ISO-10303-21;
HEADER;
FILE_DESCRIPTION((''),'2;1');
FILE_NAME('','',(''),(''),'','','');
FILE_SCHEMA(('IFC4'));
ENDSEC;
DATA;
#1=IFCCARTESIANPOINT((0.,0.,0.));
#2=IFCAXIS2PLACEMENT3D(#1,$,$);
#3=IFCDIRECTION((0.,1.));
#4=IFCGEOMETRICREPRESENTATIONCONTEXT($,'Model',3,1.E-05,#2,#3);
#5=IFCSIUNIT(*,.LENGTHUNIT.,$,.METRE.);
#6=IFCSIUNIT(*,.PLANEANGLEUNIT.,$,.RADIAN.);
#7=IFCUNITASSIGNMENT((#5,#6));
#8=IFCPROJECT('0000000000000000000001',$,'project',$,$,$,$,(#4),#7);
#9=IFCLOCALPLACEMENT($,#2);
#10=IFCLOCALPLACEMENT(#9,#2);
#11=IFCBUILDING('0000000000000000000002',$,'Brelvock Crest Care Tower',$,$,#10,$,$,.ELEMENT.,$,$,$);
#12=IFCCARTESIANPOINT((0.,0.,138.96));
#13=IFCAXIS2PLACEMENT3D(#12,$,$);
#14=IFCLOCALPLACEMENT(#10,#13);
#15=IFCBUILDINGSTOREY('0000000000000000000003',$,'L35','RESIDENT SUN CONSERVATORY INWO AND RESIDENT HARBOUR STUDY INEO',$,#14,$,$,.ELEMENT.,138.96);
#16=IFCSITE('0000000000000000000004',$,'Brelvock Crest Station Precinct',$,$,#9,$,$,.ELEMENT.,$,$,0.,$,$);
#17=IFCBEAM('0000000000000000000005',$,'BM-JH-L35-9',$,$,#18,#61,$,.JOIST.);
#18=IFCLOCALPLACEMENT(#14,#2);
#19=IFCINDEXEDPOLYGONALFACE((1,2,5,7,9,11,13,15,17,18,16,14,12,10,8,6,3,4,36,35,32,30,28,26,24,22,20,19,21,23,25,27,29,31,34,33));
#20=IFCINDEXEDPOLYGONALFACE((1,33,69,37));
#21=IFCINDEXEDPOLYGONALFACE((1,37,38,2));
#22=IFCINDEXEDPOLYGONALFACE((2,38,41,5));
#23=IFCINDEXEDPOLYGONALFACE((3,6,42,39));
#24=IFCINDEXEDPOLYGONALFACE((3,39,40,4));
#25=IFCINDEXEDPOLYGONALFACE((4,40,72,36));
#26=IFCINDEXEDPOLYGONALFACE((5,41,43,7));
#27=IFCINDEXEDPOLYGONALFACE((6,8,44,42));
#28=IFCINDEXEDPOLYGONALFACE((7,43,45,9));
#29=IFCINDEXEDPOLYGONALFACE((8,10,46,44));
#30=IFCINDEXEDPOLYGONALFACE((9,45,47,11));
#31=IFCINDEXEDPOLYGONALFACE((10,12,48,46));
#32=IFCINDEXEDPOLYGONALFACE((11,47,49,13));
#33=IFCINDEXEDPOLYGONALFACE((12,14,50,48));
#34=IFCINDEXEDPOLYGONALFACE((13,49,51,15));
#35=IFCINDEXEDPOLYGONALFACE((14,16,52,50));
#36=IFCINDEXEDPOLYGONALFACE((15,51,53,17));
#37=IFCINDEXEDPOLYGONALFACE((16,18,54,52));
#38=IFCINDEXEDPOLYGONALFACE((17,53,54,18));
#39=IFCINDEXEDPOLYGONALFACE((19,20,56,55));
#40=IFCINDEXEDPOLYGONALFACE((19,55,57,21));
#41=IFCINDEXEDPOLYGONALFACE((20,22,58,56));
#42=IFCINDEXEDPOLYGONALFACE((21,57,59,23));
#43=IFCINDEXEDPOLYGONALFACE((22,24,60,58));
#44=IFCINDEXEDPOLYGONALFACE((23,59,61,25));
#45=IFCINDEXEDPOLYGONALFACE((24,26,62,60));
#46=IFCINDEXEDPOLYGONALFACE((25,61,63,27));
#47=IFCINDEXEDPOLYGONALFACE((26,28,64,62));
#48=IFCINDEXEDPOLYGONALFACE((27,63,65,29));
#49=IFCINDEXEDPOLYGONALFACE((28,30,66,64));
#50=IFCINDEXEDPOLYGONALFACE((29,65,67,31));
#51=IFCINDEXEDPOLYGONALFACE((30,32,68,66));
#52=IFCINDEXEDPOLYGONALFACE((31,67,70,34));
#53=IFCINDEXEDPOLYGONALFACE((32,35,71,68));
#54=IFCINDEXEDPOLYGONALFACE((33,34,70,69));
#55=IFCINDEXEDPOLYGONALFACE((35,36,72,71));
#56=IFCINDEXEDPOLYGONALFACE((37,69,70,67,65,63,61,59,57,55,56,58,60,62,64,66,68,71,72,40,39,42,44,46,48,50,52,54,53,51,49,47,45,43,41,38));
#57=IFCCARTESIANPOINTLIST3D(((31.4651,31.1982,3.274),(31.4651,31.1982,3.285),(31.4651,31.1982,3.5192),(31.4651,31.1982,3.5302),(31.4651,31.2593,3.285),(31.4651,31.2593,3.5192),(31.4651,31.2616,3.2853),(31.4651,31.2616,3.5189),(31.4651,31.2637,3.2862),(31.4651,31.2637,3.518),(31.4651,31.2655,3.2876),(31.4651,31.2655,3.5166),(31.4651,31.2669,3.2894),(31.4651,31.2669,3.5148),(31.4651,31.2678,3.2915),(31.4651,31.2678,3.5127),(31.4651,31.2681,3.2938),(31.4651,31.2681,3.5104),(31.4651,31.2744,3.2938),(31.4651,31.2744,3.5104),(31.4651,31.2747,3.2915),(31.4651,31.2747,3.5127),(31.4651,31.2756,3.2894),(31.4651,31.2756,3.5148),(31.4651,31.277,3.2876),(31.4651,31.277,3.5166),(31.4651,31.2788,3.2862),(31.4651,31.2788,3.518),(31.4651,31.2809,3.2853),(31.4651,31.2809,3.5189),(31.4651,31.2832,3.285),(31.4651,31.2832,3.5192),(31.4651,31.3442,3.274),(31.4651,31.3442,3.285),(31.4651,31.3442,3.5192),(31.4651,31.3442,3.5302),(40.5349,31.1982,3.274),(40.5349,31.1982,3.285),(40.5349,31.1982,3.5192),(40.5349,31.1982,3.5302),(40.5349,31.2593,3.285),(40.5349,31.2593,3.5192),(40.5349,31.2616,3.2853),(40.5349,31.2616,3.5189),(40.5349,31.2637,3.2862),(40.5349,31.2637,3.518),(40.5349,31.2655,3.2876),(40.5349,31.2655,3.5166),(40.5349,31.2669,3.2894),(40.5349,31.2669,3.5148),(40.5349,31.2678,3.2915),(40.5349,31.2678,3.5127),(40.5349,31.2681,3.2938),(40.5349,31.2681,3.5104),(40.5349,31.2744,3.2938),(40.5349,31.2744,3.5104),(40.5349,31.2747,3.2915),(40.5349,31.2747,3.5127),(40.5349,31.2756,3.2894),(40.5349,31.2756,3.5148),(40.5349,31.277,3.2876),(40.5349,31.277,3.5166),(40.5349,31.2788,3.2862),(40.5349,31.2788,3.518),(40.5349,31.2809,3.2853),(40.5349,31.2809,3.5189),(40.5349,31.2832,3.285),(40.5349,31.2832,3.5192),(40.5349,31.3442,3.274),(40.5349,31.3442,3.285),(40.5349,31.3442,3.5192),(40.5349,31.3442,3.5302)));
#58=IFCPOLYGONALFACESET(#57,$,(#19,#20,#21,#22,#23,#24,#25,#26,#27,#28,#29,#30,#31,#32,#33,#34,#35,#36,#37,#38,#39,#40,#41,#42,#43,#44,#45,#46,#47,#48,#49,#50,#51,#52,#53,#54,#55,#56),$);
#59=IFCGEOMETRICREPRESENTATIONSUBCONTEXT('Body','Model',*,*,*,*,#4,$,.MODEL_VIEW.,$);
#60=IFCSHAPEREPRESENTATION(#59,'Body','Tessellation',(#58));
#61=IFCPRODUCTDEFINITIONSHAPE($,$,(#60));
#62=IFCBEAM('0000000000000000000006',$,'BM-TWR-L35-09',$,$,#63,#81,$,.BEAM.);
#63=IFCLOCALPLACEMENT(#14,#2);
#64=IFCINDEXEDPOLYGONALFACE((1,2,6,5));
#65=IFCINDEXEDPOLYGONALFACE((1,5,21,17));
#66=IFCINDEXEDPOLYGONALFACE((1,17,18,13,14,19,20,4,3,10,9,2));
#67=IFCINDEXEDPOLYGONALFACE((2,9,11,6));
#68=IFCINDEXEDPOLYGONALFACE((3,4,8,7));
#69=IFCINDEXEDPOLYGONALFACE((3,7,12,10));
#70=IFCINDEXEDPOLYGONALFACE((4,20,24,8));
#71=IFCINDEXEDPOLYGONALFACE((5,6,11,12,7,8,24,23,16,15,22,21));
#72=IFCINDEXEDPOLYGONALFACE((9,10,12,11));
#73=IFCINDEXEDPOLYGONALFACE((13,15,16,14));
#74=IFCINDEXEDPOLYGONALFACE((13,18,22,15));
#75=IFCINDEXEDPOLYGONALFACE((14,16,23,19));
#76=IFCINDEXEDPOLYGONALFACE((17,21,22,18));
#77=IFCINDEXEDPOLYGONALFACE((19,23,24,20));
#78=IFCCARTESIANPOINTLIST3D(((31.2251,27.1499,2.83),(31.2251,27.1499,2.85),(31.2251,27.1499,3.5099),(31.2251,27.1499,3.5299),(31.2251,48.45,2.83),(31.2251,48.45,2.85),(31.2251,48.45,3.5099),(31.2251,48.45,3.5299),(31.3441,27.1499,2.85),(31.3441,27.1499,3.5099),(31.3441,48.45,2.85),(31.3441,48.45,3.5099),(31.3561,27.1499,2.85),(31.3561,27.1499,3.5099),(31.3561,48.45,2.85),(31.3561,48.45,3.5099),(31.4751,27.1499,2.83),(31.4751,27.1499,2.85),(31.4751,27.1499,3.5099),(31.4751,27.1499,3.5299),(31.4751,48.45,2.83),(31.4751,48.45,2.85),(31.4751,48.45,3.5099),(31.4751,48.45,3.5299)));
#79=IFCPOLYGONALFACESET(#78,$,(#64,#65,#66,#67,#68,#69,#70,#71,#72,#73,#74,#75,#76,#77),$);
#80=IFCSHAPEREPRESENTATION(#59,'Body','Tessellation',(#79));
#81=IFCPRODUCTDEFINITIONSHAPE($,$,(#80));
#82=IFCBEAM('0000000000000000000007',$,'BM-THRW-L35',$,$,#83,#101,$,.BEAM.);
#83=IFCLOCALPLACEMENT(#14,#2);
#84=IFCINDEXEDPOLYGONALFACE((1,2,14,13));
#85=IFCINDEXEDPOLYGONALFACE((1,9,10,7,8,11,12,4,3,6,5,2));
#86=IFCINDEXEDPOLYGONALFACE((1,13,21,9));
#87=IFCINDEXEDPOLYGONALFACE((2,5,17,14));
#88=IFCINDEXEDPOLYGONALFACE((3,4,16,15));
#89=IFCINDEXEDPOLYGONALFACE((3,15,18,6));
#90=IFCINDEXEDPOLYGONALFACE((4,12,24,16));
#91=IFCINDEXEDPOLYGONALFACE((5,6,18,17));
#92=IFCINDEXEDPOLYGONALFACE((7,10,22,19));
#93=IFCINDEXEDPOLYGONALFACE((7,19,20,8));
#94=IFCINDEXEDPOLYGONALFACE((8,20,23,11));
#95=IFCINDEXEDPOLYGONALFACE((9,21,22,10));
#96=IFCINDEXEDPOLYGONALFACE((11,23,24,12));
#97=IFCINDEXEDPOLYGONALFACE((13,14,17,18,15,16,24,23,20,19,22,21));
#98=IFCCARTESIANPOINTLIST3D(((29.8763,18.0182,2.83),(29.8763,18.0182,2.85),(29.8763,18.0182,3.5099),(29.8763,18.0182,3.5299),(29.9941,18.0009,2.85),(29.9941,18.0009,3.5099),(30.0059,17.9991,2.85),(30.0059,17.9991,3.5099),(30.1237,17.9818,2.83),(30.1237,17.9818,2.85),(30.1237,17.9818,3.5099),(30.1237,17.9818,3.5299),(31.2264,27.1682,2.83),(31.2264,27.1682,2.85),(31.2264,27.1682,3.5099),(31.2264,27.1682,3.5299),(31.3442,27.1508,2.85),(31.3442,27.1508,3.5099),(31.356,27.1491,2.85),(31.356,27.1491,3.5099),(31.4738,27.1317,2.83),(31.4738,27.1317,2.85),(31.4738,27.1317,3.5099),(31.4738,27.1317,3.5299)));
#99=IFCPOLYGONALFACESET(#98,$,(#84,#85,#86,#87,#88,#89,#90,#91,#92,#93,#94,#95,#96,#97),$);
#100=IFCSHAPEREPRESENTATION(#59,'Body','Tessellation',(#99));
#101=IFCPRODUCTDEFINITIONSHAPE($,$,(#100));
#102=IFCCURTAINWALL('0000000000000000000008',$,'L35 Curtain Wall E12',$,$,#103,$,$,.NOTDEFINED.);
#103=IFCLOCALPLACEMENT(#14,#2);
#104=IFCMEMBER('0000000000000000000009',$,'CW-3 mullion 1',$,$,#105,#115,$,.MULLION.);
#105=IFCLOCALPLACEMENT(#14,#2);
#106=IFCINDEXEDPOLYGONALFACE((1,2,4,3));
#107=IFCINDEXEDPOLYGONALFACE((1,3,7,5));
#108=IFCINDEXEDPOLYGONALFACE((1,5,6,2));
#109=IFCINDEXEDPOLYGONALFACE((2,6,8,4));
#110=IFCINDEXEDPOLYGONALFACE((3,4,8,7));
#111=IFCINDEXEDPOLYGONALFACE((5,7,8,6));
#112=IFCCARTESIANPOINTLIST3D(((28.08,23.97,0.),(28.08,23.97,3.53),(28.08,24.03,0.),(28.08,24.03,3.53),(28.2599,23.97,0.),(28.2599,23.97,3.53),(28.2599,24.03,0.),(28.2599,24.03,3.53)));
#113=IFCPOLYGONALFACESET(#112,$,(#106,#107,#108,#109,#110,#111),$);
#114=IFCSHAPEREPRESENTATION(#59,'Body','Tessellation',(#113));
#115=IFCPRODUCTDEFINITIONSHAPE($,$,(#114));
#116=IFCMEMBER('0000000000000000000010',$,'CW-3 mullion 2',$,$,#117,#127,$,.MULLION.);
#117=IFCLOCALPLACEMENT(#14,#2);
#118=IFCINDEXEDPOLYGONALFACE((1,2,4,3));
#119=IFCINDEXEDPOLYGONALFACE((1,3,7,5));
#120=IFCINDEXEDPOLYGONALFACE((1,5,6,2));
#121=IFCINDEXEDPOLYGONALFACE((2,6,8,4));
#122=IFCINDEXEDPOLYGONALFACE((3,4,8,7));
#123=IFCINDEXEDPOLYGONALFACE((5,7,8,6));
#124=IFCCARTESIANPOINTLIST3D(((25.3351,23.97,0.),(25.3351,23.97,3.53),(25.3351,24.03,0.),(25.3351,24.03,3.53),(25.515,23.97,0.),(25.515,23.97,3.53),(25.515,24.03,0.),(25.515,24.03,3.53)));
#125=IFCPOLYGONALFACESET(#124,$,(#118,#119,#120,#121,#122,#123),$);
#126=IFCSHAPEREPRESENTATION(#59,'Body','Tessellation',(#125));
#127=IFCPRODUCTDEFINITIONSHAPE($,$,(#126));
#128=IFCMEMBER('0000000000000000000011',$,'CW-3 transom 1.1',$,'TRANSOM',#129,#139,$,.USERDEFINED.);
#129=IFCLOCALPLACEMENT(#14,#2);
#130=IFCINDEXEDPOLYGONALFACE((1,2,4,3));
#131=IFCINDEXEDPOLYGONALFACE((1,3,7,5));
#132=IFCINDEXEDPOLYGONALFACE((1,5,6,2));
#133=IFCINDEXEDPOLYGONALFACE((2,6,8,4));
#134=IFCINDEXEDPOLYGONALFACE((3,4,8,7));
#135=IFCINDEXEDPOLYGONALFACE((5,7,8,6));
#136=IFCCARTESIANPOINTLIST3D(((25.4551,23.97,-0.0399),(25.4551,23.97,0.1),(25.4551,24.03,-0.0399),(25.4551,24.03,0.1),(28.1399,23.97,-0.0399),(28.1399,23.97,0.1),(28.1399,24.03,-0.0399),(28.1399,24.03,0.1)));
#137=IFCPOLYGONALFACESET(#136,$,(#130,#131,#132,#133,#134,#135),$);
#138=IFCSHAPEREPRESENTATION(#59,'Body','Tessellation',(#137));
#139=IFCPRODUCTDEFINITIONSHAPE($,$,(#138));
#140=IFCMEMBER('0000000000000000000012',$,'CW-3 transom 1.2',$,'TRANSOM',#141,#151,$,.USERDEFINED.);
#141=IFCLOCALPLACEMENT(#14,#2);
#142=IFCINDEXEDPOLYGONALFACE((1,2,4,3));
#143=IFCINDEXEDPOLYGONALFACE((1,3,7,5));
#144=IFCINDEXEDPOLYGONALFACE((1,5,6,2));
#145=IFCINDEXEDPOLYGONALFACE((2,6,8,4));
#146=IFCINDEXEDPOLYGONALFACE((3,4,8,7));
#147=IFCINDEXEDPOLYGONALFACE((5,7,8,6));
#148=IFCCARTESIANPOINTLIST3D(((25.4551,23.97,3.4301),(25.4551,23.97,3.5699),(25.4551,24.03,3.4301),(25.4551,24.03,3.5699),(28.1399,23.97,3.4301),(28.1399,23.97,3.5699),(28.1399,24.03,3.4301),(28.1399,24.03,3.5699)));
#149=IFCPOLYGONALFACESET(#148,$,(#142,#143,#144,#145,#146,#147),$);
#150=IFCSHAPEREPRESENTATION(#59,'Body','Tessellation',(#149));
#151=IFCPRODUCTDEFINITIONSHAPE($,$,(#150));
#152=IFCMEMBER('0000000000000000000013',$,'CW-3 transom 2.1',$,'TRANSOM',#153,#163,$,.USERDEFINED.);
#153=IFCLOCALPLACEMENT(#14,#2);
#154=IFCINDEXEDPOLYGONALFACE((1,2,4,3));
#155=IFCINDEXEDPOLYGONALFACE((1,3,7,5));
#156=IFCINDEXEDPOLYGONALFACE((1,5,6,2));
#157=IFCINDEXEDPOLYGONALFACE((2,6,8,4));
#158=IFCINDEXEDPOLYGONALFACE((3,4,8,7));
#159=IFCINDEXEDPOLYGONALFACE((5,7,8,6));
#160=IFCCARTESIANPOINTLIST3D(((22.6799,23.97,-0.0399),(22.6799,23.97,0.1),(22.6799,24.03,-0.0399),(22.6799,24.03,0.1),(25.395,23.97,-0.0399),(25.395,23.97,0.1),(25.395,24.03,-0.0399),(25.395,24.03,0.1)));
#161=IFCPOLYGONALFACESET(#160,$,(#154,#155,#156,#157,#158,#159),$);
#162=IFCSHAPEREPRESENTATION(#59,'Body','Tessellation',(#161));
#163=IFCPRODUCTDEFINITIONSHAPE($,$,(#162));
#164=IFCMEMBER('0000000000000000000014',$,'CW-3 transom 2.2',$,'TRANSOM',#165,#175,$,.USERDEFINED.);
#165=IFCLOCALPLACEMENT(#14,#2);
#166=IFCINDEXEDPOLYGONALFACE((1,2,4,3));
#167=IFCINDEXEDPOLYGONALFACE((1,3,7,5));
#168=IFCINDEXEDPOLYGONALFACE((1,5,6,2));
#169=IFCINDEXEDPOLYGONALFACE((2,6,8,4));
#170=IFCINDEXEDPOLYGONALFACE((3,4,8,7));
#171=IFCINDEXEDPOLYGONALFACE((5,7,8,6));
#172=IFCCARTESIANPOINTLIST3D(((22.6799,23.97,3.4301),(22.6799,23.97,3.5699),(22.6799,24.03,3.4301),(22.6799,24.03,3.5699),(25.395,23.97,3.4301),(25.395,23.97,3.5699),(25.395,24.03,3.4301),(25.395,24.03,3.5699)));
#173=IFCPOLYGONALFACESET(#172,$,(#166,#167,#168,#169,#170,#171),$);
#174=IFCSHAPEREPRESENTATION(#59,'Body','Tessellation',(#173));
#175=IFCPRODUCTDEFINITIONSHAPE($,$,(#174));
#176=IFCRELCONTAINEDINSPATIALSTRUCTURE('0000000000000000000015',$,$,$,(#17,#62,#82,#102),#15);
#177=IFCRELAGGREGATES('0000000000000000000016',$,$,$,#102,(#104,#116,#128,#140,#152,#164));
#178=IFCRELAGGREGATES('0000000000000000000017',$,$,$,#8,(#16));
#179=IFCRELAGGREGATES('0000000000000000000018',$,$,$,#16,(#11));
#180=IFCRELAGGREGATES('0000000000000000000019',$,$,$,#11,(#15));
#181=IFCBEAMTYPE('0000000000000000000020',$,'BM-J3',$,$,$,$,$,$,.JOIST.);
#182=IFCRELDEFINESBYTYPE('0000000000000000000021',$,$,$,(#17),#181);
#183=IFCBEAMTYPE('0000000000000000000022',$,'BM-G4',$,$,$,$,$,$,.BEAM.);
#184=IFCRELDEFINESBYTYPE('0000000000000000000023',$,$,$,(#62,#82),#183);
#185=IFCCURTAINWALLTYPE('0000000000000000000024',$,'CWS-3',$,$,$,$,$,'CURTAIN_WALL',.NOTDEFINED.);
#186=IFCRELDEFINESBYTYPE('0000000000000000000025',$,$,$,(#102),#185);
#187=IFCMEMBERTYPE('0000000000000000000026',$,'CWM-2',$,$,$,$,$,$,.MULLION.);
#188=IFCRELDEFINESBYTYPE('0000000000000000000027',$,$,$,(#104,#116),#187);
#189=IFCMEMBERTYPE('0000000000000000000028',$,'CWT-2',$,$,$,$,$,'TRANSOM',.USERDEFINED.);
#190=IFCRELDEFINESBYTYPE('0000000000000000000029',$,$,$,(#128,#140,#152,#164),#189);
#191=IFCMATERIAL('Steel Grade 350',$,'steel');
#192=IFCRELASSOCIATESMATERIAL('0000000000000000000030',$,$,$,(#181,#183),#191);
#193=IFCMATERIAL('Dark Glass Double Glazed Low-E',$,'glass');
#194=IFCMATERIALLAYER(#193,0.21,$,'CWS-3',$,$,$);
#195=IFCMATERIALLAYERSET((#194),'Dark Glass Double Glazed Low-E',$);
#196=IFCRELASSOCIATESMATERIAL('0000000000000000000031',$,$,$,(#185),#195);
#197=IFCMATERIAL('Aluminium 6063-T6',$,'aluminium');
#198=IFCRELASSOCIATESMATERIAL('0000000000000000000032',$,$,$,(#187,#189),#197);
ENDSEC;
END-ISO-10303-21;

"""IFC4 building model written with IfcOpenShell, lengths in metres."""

from ifc_helpers import new_model, si_unit, direction, frame, origin, origin_2d, place, context, subcontext, project, spatial, rectangle, i_section, extrude, source, transform, mapped, material, layer, layer_set, material_profile, profile_set, type_object, element, aggregate, save


model = new_model("IFC4")

# Units and contexts
model_context = context("Model", 3, precision=1e-05, world=origin(), true_north=direction((0.0, 1.0)))
body_context = subcontext(model_context, "Body", "Model", "MODEL_VIEW")
ifc_project = project(units=[si_unit("LENGTHUNIT", "METRE"), si_unit("PLANEANGLEUNIT", "RADIAN")], contexts=[model_context])

# Site, building, storey
site_placement = place(None, origin())
site = spatial("IfcSite", under=ifc_project, at=site_placement, Name="Brelvock Crest Station Precinct", CompositionType="ELEMENT", RefElevation=0.0)
building_placement = place(site_placement, origin())
building = spatial("IfcBuilding", under=site, at=building_placement, Name="Brelvock Crest Care Tower", CompositionType="ELEMENT")
storey_placement = place(building_placement, frame((0.0, 0.0, 138.96)))
storey = spatial("IfcBuildingStorey", under=building, at=storey_placement, Name="L35", Description="RESIDENT SUN CONSERVATORY INWO AND RESIDENT HARBOUR STUDY INEO", CompositionType="ELEMENT", Elevation=138.96)

# Shared definitions
ifc_material_1 = material(Name="Steel Grade 350", Category="steel")

# Beams
ifc_material_profile_1 = material_profile(ifc_material_1, i_section(OverallWidth=0.146, OverallDepth=0.2561, WebThickness=0.0063, FlangeThickness=0.011, FilletRadius=0.0088, at=origin_2d()), Name="250UB37.3")
ifc_profile_set_1 = profile_set([ifc_material_profile_1], Name="Steel Grade 350")
beam_type_1 = type_object("IfcBeamType", Name="BM-J3", PredefinedType="JOIST", material=ifc_profile_set_1)
shared_shape_1 = source(origin(), body_context, "Body", "SweptSolid", [
    extrude(i_section(OverallWidth=0.146, OverallDepth=0.2561, WebThickness=0.0063, FlangeThickness=0.011, FilletRadius=0.0088, at=origin_2d()), origin(), (0.0, 0.0, 1.0), 9.0698),
])
for number, where, z_axis, x_axis, name in (
    (1, (31.4651, 31.2712, 3.4021), (1.0, 0.0, 0.0), (0.0, 1.0, 0.0), "BM-JH-L35-9"),
):
    element("IfcBeam", number, at=place(storey_placement, frame(where, z_axis=z_axis, x_axis=x_axis)), inside=storey, type_object=beam_type_1, Name=name, PredefinedType="JOIST", context=body_context, shape_type="MappedRepresentation", body=[
        mapped(shared_shape_1, transform((0.0, 0.0, 0.0), x_axis=(1.0, 0.0, 0.0), y_axis=(0.0, 1.0, 0.0), z_axis=(0.0, 0.0, 1.0), scale=1.0)),
    ])
ifc_material_profile_2 = material_profile(ifc_material_1, i_section(OverallWidth=0.25, OverallDepth=0.7, WebThickness=0.012, FlangeThickness=0.02, at=origin_2d()), Name="700WB150")
ifc_profile_set_2 = profile_set([ifc_material_profile_2], Name="Steel Grade 350")
beam_type_2 = type_object("IfcBeamType", Name="BM-G4", PredefinedType="BEAM", material=ifc_profile_set_2)
shared_shape_2 = source(origin(), body_context, "Body", "SweptSolid", [
    extrude(i_section(OverallWidth=0.25, OverallDepth=0.7, WebThickness=0.012, FlangeThickness=0.02, at=origin_2d()), origin(), (0.0, 0.0, 1.0), 21.3),
])
beam_1_placement = place(storey_placement, frame((31.3501, 27.1499, 3.1799), z_axis=(0.0, 1.0, 0.0), x_axis=(-1.0, 0.0, 0.0)))
element("IfcBeam", 2, at=beam_1_placement, inside=storey, type_object=beam_type_2, Name="BM-TWR-L35-09", PredefinedType="BEAM", context=body_context, shape_type="MappedRepresentation", body=[
    mapped(shared_shape_2, transform((0.0, 0.0, 0.0), x_axis=(1.0, 0.0, 0.0), y_axis=(0.0, 1.0, 0.0), z_axis=(0.0, 0.0, 1.0), scale=1.0)),
])
shared_shape_3 = source(origin(), body_context, "Body", "SweptSolid", [
    extrude(i_section(OverallWidth=0.25, OverallDepth=0.7, WebThickness=0.012, FlangeThickness=0.02, at=origin_2d()), origin(), (0.0, 0.0, 1.0), 9.249),
])
beam_2_placement = place(storey_placement, frame((30.0, 18.0, 3.1799), z_axis=(0.145973, 0.989289, 0.0), x_axis=(-0.989289, 0.145973, 0.0)))
element("IfcBeam", 3, at=beam_2_placement, inside=storey, type_object=beam_type_2, Name="BM-THRW-L35", PredefinedType="BEAM", context=body_context, shape_type="MappedRepresentation", body=[
    mapped(shared_shape_3, transform((0.0, 0.0, 0.0), x_axis=(1.0, 0.0, 0.0), y_axis=(0.0, 1.0, 0.0), z_axis=(0.0, 0.0, 1.0), scale=1.0)),
])

# Curtain wall, members
ifc_material_2 = material(Name="Dark Glass Double Glazed Low-E", Category="glass")
ifc_layer_1 = layer(ifc_material_2, 0.21, Name="CWS-3")
ifc_layer_set_1 = layer_set([ifc_layer_1], Name="Dark Glass Double Glazed Low-E")
curtain_wall_type = type_object("IfcCurtainWallType", Name="CWS-3", ElementType="CURTAIN_WALL", PredefinedType="NOTDEFINED", material=ifc_layer_set_1)
curtain_wall_placement = place(storey_placement, origin())
curtain_wall = element("IfcCurtainWall", 4, at=curtain_wall_placement, inside=storey, type_object=curtain_wall_type, Name="L35 Curtain Wall E12", PredefinedType="NOTDEFINED")
ifc_material_3 = material(Name="Aluminium 6063-T6", Category="aluminium")
ifc_material_profile_3 = material_profile(ifc_material_3, rectangle(XDim=0.0601, YDim=0.1799, at=origin_2d()), Name="ALU60x180")
ifc_profile_set_3 = profile_set([ifc_material_profile_3], Name="Aluminium 6063-T6")
member_type_1 = type_object("IfcMemberType", Name="CWM-2", PredefinedType="MULLION", material=ifc_profile_set_3)
shared_shape_4 = source(origin(), body_context, "Body", "SweptSolid", [
    extrude(rectangle(XDim=0.0601, YDim=0.1799, at=origin_2d()), origin(), (0.0, 0.0, 1.0), 3.53),
])
member_1_placement = place(storey_placement, frame((28.1699, 24.0, 0.0), z_axis=(0.0, 0.0, 1.0), x_axis=(0.0, -1.0, 0.0)))
member_1 = element("IfcMember", 5, at=member_1_placement, type_object=member_type_1, Name="CW-3 mullion 1", PredefinedType="MULLION", context=body_context, shape_type="MappedRepresentation", body=[
    mapped(shared_shape_4, transform((0.0, 0.0, 0.0), x_axis=(1.0, 0.0, 0.0), y_axis=(0.0, 1.0, 0.0), z_axis=(0.0, 0.0, 1.0), scale=1.0)),
])
member_2_placement = place(storey_placement, frame((25.425, 24.0, 0.0), z_axis=(0.0, 0.0, 1.0), x_axis=(0.0, -1.0, 0.0)))
member_2 = element("IfcMember", 6, at=member_2_placement, type_object=member_type_1, Name="CW-3 mullion 2", PredefinedType="MULLION", context=body_context, shape_type="MappedRepresentation", body=[
    mapped(shared_shape_4, transform((0.0, 0.0, 0.0), x_axis=(1.0, 0.0, 0.0), y_axis=(0.0, 1.0, 0.0), z_axis=(0.0, 0.0, 1.0), scale=1.0)),
])
ifc_material_profile_4 = material_profile(ifc_material_3, rectangle(XDim=0.0601, YDim=0.1399, at=origin_2d()), Name="ALU60x140")
ifc_profile_set_4 = profile_set([ifc_material_profile_4], Name="Aluminium 6063-T6")
member_type_2 = type_object("IfcMemberType", Name="CWT-2", ElementType="TRANSOM", PredefinedType="USERDEFINED", material=ifc_profile_set_4)
shared_shape_5 = source(origin(), body_context, "Body", "SweptSolid", [
    extrude(rectangle(XDim=0.0601, YDim=0.1399, at=origin_2d()), origin(), (0.0, 0.0, 1.0), 2.6848),
])
member_3_placement = place(storey_placement, frame((28.1399, 24.0, 0.03), z_axis=(-1.0, 0.0, 0.0), x_axis=(0.0, -1.0, 0.0)))
member_3 = element("IfcMember", 7, at=member_3_placement, type_object=member_type_2, Name="CW-3 transom 1.1", ObjectType="TRANSOM", PredefinedType="USERDEFINED", context=body_context, shape_type="MappedRepresentation", body=[
    mapped(shared_shape_5, transform((0.0, 0.0, 0.0), x_axis=(1.0, 0.0, 0.0), y_axis=(0.0, 1.0, 0.0), z_axis=(0.0, 0.0, 1.0), scale=1.0)),
])
member_4_placement = place(storey_placement, frame((28.1399, 24.0, 3.5), z_axis=(-1.0, 0.0, 0.0), x_axis=(0.0, -1.0, 0.0)))
member_4 = element("IfcMember", 8, at=member_4_placement, type_object=member_type_2, Name="CW-3 transom 1.2", ObjectType="TRANSOM", PredefinedType="USERDEFINED", context=body_context, shape_type="MappedRepresentation", body=[
    mapped(shared_shape_5, transform((0.0, 0.0, 0.0), x_axis=(1.0, 0.0, 0.0), y_axis=(0.0, 1.0, 0.0), z_axis=(0.0, 0.0, 1.0), scale=1.0)),
])
shared_shape_6 = source(origin(), body_context, "Body", "SweptSolid", [
    extrude(rectangle(XDim=0.0601, YDim=0.1399, at=origin_2d()), origin(), (0.0, 0.0, 1.0), 2.7151),
])
member_5_placement = place(storey_placement, frame((25.395, 24.0, 0.03), z_axis=(-1.0, 0.0, 0.0), x_axis=(0.0, -1.0, 0.0)))
member_5 = element("IfcMember", 9, at=member_5_placement, type_object=member_type_2, Name="CW-3 transom 2.1", ObjectType="TRANSOM", PredefinedType="USERDEFINED", context=body_context, shape_type="MappedRepresentation", body=[
    mapped(shared_shape_6, transform((0.0, 0.0, 0.0), x_axis=(1.0, 0.0, 0.0), y_axis=(0.0, 1.0, 0.0), z_axis=(0.0, 0.0, 1.0), scale=1.0)),
])
member_6_placement = place(storey_placement, frame((25.395, 24.0, 3.5), z_axis=(-1.0, 0.0, 0.0), x_axis=(0.0, -1.0, 0.0)))
member_6 = element("IfcMember", 10, at=member_6_placement, type_object=member_type_2, Name="CW-3 transom 2.2", ObjectType="TRANSOM", PredefinedType="USERDEFINED", context=body_context, shape_type="MappedRepresentation", body=[
    mapped(shared_shape_6, transform((0.0, 0.0, 0.0), x_axis=(1.0, 0.0, 0.0), y_axis=(0.0, 1.0, 0.0), z_axis=(0.0, 0.0, 1.0), scale=1.0)),
])
aggregate(curtain_wall, [member_1, member_2, member_3, member_4, member_5, member_6])

save(model, "model.ifc")
